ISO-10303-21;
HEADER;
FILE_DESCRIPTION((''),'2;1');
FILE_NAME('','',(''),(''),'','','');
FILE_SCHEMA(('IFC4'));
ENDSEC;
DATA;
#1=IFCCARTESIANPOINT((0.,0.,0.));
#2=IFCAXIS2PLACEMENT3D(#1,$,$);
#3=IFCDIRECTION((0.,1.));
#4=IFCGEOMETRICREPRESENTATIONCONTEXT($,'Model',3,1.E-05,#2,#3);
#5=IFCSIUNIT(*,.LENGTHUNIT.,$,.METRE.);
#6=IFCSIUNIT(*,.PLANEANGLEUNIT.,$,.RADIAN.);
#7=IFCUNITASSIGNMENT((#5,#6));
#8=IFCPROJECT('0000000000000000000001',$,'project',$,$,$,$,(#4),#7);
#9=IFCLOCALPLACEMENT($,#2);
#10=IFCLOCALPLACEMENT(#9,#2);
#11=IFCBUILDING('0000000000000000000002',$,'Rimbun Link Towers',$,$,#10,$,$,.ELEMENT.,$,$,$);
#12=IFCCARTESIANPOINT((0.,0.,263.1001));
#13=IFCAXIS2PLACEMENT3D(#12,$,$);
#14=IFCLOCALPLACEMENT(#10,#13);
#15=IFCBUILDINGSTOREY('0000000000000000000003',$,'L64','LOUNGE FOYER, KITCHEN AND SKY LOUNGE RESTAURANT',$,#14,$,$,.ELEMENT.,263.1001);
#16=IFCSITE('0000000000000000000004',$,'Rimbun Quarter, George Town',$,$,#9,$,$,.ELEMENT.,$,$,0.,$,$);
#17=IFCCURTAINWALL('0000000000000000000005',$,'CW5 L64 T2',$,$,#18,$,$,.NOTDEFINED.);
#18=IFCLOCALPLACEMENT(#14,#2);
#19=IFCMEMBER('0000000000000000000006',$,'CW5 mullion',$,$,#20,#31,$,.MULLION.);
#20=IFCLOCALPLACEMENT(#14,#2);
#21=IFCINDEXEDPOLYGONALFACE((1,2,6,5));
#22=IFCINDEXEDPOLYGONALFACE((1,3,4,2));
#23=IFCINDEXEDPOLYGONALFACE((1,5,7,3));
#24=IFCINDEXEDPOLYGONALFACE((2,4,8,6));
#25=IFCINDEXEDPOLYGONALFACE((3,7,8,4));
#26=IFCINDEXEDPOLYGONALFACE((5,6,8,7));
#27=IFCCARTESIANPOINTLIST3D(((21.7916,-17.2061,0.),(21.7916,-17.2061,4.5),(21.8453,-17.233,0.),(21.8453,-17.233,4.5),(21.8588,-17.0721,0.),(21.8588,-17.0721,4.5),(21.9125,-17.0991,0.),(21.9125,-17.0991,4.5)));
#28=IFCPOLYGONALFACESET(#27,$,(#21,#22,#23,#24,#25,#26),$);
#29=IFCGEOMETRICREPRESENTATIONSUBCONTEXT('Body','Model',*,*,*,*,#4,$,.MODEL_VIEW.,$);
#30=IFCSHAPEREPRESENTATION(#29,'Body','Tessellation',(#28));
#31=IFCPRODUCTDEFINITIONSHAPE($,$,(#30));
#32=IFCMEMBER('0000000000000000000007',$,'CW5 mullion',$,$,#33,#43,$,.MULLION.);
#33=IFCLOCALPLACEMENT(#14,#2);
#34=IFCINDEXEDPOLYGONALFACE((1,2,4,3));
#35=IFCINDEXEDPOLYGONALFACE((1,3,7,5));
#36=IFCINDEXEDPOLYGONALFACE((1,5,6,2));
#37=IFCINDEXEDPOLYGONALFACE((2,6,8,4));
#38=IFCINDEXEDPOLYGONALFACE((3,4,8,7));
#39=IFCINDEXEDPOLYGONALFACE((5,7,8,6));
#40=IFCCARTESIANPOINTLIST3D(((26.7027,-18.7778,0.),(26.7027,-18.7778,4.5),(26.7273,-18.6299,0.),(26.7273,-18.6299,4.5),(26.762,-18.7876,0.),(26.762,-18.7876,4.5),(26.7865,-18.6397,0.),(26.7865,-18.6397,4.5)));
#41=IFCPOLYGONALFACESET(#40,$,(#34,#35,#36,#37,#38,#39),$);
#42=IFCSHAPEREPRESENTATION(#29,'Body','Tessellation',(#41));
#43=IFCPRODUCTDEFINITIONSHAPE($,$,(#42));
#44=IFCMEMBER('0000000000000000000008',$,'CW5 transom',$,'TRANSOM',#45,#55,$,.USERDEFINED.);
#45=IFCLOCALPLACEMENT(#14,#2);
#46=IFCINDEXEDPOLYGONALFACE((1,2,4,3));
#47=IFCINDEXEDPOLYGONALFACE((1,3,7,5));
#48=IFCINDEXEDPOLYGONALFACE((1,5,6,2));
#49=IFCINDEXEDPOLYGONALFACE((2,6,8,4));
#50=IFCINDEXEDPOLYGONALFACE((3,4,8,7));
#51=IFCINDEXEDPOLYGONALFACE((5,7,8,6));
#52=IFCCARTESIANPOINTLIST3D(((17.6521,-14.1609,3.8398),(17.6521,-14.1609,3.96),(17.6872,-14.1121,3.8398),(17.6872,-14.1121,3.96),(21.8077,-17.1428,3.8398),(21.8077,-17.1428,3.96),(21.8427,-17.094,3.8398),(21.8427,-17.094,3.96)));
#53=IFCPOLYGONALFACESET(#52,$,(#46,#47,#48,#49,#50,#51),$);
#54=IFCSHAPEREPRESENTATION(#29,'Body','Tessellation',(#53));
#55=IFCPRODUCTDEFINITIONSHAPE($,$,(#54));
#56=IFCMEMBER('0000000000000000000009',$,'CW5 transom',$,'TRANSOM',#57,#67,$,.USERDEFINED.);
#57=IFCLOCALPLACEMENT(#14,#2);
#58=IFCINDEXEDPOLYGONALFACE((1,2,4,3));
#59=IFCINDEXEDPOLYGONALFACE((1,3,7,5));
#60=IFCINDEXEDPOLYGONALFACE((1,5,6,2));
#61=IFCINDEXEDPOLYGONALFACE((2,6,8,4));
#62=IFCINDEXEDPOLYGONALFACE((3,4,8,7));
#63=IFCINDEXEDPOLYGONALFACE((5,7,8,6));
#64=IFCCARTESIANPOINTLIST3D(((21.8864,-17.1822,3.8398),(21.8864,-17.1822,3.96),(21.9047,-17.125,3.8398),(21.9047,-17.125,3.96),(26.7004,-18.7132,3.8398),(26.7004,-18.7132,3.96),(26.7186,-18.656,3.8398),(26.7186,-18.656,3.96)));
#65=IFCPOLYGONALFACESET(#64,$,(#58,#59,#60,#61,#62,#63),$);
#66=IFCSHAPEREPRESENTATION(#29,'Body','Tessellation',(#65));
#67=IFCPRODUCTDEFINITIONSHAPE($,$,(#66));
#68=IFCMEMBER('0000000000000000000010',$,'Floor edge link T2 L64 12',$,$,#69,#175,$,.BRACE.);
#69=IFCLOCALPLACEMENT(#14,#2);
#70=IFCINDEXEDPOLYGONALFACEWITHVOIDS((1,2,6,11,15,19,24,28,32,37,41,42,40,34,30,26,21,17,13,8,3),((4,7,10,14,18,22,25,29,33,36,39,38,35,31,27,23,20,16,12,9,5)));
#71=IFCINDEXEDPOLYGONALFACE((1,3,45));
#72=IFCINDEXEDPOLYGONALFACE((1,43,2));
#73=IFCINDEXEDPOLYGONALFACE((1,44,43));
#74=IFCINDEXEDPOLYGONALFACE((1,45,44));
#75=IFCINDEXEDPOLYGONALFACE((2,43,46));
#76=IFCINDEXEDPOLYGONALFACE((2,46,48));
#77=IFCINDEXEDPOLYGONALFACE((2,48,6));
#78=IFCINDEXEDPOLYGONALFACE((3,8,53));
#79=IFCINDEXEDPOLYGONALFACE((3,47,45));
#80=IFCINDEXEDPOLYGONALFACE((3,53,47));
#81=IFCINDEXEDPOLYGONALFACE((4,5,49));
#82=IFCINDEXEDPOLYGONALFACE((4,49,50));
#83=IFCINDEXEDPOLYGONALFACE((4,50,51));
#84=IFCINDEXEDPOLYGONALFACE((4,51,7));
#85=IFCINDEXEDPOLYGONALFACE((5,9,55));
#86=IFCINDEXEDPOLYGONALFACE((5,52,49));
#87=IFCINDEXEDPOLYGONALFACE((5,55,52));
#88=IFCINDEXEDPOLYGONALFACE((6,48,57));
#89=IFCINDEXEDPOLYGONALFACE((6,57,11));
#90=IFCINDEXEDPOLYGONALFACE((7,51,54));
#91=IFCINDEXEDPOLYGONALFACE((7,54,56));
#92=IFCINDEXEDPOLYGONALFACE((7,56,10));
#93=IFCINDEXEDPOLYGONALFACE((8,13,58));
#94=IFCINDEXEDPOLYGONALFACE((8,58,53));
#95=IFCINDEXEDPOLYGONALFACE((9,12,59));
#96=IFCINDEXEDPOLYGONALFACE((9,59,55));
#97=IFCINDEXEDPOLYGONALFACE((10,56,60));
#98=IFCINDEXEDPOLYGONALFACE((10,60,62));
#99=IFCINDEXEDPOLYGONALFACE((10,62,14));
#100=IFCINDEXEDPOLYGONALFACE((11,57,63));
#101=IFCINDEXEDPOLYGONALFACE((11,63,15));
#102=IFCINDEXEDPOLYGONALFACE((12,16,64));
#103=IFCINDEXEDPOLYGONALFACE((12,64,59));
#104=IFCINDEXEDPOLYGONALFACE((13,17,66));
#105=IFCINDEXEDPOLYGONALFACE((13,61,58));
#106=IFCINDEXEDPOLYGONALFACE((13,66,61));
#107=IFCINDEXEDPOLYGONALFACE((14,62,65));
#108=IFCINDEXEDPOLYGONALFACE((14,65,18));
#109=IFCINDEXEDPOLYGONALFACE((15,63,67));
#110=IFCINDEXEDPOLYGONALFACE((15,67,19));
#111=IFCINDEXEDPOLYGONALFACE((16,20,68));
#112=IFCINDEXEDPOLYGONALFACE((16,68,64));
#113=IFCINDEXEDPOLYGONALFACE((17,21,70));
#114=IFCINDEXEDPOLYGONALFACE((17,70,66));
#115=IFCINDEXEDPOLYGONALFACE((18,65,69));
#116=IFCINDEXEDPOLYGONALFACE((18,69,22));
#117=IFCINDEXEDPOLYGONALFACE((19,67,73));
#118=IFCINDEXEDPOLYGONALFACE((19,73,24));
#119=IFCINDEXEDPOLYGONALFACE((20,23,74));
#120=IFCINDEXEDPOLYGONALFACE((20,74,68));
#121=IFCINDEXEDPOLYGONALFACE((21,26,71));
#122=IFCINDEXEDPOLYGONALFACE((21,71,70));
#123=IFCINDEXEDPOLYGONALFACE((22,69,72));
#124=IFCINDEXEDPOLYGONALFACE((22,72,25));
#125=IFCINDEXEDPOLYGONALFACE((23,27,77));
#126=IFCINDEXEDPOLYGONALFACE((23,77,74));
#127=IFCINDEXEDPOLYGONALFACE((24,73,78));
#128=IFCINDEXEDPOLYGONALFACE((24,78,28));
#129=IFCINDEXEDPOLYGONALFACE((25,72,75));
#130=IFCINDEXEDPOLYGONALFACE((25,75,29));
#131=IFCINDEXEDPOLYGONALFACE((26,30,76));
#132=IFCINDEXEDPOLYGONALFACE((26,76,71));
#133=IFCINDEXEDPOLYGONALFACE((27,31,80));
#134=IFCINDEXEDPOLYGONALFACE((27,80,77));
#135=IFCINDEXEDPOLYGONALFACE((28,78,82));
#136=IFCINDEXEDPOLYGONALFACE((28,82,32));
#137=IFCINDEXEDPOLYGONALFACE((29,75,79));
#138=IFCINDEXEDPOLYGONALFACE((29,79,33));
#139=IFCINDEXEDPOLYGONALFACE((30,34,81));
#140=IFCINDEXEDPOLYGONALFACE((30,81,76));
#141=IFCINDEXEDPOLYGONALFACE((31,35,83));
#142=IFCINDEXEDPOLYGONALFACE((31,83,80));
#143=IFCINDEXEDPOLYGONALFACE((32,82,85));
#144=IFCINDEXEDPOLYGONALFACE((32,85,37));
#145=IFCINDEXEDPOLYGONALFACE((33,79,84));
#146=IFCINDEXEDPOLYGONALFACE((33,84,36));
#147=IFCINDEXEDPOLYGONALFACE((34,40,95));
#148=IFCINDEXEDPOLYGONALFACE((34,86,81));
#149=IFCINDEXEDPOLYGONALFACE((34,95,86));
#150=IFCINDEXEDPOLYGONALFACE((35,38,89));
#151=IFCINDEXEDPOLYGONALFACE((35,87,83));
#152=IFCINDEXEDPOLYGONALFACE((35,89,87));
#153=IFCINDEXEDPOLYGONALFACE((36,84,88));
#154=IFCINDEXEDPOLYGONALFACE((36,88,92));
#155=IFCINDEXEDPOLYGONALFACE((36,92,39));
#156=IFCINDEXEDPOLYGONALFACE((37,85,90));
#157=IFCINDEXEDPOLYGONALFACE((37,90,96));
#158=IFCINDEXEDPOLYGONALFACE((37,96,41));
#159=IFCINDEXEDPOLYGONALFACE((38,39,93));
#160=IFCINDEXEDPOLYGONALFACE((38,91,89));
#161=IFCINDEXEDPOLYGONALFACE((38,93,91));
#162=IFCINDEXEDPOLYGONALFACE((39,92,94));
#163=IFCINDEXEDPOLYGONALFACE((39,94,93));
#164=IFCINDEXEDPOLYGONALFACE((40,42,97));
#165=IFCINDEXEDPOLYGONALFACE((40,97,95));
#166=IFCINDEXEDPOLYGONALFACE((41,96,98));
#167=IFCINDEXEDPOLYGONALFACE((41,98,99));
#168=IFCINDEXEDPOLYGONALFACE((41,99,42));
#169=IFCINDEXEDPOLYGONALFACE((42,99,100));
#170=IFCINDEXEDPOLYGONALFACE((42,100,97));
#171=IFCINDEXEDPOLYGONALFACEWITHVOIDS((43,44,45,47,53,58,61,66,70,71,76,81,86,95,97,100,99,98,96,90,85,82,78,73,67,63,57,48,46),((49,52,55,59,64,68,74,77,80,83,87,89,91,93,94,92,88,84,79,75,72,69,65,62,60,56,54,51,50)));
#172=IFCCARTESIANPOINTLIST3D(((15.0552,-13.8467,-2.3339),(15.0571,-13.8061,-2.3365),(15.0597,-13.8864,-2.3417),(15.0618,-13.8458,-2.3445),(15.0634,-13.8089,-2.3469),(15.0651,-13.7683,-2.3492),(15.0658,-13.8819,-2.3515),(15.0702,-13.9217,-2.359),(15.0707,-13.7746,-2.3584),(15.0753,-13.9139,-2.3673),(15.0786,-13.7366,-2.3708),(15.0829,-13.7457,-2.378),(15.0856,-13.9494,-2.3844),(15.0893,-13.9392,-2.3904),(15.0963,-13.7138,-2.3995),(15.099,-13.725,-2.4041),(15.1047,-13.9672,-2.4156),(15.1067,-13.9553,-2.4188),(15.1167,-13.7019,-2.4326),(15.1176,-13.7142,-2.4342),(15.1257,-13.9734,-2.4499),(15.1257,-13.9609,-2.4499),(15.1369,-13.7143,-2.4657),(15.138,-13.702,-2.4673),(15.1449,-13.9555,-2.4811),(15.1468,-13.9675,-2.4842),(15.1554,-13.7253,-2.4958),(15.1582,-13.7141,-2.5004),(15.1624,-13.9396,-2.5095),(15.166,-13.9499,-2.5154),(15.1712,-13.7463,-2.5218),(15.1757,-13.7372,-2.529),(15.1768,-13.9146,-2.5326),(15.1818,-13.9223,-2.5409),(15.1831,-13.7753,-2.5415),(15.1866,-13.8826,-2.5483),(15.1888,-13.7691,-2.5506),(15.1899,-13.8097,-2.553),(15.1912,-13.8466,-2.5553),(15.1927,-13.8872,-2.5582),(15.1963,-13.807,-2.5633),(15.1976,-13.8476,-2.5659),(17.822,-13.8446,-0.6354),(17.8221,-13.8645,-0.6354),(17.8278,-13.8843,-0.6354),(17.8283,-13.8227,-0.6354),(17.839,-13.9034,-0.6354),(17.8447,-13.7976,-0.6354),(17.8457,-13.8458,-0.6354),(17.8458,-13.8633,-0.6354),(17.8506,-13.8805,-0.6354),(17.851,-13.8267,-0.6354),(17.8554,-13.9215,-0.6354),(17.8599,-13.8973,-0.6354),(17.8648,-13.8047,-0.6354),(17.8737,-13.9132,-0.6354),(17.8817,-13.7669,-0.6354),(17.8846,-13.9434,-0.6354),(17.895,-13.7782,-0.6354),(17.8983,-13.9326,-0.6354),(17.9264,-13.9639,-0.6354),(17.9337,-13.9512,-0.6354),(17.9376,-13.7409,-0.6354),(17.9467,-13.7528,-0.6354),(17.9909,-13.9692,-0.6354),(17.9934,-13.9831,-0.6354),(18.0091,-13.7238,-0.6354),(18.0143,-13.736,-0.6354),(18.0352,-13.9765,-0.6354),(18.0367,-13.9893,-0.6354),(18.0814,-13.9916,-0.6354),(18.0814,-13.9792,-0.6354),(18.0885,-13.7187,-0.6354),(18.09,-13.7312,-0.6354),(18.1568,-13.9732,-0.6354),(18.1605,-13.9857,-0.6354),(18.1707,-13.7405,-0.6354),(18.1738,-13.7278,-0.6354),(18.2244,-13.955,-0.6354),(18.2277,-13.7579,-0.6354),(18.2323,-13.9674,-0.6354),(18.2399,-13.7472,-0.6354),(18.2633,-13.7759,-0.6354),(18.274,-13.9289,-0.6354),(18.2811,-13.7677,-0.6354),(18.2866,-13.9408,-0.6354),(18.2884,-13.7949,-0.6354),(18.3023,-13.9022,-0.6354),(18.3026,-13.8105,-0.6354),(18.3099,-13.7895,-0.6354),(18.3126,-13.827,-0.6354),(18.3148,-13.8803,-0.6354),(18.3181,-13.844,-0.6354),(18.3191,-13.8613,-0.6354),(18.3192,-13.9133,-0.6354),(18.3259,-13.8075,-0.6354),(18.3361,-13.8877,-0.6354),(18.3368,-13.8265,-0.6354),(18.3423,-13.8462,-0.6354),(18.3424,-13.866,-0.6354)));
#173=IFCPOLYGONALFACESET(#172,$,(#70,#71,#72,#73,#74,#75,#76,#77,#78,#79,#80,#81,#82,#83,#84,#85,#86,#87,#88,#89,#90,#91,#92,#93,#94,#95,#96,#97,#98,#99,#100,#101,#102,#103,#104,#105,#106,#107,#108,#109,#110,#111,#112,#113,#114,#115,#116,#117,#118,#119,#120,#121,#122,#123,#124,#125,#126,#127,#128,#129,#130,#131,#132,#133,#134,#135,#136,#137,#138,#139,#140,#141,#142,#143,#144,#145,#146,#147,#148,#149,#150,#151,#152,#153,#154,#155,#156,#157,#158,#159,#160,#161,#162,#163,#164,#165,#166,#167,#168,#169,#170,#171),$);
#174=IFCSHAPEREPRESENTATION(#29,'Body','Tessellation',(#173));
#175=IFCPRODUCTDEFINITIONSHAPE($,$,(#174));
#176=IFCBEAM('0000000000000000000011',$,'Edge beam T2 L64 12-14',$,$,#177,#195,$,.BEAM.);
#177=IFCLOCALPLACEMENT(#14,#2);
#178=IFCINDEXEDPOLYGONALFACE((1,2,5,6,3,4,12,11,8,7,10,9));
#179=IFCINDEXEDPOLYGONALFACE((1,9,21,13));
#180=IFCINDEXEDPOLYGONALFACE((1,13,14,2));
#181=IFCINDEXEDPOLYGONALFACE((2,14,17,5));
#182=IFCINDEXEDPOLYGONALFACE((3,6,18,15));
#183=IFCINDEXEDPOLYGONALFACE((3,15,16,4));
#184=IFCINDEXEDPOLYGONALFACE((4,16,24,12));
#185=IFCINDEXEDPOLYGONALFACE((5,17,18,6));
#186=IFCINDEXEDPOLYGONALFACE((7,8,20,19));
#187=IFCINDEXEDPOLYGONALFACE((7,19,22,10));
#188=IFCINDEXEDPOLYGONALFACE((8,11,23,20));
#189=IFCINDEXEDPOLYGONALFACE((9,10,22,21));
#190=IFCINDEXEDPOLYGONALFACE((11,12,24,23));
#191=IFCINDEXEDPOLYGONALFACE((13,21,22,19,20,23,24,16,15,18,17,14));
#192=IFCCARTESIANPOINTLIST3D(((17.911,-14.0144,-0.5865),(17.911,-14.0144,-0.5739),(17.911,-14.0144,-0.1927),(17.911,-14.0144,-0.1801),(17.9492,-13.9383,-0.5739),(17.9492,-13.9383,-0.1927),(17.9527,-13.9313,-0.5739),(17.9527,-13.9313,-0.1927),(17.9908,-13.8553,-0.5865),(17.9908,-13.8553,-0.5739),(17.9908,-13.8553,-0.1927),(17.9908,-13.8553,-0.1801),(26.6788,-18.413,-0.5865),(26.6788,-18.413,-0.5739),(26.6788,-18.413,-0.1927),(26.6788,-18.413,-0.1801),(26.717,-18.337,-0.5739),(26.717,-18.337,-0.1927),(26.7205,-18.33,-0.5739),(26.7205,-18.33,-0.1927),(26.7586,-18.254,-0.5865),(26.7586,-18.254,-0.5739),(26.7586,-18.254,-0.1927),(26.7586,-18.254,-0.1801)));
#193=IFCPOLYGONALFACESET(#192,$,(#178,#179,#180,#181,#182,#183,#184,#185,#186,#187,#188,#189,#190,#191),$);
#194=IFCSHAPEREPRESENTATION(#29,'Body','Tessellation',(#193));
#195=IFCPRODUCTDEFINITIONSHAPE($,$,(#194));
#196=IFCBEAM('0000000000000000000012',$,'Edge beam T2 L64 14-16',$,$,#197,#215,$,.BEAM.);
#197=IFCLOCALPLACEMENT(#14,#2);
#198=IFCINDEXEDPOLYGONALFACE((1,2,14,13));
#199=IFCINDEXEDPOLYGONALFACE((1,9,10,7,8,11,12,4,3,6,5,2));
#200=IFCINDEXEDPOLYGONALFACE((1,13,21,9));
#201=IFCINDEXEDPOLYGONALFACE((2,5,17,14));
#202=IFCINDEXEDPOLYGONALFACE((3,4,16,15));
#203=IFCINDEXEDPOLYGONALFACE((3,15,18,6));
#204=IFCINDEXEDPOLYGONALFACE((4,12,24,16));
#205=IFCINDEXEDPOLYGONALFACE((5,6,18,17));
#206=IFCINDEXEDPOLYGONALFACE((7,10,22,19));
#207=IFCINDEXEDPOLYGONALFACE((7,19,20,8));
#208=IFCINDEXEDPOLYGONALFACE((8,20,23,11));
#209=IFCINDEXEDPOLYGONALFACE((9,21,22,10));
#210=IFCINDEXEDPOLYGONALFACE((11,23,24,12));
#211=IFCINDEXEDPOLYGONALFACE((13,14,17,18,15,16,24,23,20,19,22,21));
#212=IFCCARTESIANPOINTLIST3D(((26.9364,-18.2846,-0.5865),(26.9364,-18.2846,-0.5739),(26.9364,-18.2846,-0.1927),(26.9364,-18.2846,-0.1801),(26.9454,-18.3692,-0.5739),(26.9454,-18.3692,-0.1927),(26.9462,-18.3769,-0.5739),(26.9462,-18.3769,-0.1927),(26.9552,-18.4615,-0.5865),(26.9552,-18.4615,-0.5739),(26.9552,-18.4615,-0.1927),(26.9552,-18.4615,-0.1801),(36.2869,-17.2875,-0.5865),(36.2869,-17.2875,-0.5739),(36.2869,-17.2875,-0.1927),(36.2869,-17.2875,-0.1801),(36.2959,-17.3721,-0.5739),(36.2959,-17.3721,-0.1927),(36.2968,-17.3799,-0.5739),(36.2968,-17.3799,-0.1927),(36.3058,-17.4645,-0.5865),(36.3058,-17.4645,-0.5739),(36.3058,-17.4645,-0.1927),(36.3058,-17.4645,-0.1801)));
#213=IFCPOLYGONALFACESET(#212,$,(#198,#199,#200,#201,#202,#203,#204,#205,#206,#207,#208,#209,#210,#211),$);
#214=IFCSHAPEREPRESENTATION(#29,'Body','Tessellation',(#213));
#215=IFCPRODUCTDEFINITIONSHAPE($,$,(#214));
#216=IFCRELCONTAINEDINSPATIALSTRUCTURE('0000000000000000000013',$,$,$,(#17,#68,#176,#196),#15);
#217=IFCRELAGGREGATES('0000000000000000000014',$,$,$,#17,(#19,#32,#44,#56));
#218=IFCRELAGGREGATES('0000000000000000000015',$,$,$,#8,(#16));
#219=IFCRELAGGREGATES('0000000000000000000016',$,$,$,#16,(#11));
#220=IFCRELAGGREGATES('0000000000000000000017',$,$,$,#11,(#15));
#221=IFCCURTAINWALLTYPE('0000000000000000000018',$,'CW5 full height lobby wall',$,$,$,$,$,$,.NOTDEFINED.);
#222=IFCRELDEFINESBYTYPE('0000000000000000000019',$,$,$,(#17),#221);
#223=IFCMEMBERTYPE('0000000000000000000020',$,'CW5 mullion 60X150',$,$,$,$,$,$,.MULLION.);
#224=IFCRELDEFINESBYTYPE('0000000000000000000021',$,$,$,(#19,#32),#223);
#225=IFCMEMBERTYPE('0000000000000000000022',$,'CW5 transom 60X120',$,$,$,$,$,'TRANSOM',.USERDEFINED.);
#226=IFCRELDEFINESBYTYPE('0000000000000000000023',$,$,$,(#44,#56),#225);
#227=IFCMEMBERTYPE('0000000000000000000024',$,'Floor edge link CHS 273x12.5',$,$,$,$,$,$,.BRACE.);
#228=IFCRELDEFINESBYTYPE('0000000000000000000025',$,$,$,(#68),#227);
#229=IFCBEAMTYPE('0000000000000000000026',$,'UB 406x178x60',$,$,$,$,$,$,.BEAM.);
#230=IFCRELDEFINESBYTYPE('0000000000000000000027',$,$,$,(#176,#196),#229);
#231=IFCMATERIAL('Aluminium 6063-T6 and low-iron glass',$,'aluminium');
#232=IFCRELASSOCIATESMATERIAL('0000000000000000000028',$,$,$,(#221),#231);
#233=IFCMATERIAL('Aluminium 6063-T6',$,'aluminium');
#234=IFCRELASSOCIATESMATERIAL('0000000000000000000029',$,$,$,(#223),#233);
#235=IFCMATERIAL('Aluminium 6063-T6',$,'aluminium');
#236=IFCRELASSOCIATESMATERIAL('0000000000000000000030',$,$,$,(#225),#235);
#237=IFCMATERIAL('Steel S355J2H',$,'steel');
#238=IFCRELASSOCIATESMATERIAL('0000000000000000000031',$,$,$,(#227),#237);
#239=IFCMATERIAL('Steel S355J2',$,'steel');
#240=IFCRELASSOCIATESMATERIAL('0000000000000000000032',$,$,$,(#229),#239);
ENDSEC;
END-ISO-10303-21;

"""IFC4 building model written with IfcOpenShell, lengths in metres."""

from ifc_helpers import new_model, si_unit, direction, frame, origin, origin_2d, place, context, subcontext, project, spatial, rectangle, hollow_circle, i_section, extrude, clip, halfspace, material, material_profile, profile_set, type_object, element, aggregate, save


model = new_model("IFC4")

# Units and contexts
model_context = context("Model", 3, precision=1e-05, world=origin(), true_north=direction((0.0, 1.0)))
body_context = subcontext(model_context, "Body", "Model", "MODEL_VIEW")
ifc_project = project(units=[si_unit("LENGTHUNIT", "METRE"), si_unit("PLANEANGLEUNIT", "RADIAN")], contexts=[model_context])

# Site, building, storey
site_placement = place(None, origin())
site = spatial("IfcSite", under=ifc_project, at=site_placement, Name="Rimbun Quarter, George Town", CompositionType="ELEMENT", RefElevation=0.0)
building_placement = place(site_placement, origin())
building = spatial("IfcBuilding", under=site, at=building_placement, Name="Rimbun Link Towers", CompositionType="ELEMENT")
storey_placement = place(building_placement, frame((0.0, 0.0, 263.1001)))
storey = spatial("IfcBuildingStorey", under=building, at=storey_placement, Name="L64", Description="LOUNGE FOYER, KITCHEN AND SKY LOUNGE RESTAURANT", CompositionType="ELEMENT", Elevation=263.1001)

# Curtain wall, members
ifc_material_1 = material(Name="Aluminium 6063-T6 and low-iron glass", Category="aluminium")
curtain_wall_type = type_object("IfcCurtainWallType", Name="CW5 full height lobby wall", PredefinedType="NOTDEFINED", material=ifc_material_1)
curtain_wall_placement = place(storey_placement, origin())
curtain_wall = element("IfcCurtainWall", 1, at=curtain_wall_placement, inside=storey, type_object=curtain_wall_type, Name="CW5 L64 T2", PredefinedType="NOTDEFINED")
ifc_material_2 = material(Name="Aluminium 6063-T6", Category="aluminium")
ifc_material_profile_1 = material_profile(ifc_material_2, rectangle(XDim=0.1499, YDim=0.0601, at=origin_2d()), Name="MULLION 60X150")
ifc_profile_set_1 = profile_set([ifc_material_profile_1], Name="Aluminium 6063-T6")
member_type_1 = type_object("IfcMemberType", Name="CW5 mullion 60X150", PredefinedType="MULLION", material=ifc_profile_set_1)
member_1_placement = place(storey_placement, frame((21.8521, -17.1526, 0.0), z_axis=(0.0, 0.0, 1.0), x_axis=(-0.448575, -0.893745, 0.0)))
member_1 = element("IfcMember", 2, at=member_1_placement, type_object=member_type_1, Name="CW5 mullion", PredefinedType="MULLION", context=body_context, shape_type="SweptSolid", body=[
    extrude(rectangle(XDim=0.1499, YDim=0.0601, at=origin_2d()), origin(), (0.0, 0.0, 1.0), 4.5),
])
member_2_placement = place(storey_placement, frame((26.7446, -18.7087, 0.0), z_axis=(0.0, 0.0, 1.0), x_axis=(-0.163751, -0.986502, 0.0)))
member_2 = element("IfcMember", 3, at=member_2_placement, type_object=member_type_1, Name="CW5 mullion", PredefinedType="MULLION", context=body_context, shape_type="SweptSolid", body=[
    extrude(rectangle(XDim=0.1499, YDim=0.0601, at=origin_2d()), origin(), (0.0, 0.0, 1.0), 4.5),
])
ifc_material_3 = material(Name="Aluminium 6063-T6", Category="aluminium")
ifc_material_profile_2 = material_profile(ifc_material_3, rectangle(XDim=0.0601, YDim=0.1201, at=origin_2d()), Name="TRANSOM 60X120")
ifc_profile_set_2 = profile_set([ifc_material_profile_2], Name="Aluminium 6063-T6")
member_type_2 = type_object("IfcMemberType", Name="CW5 transom 60X120", ElementType="TRANSOM", PredefinedType="USERDEFINED", material=ifc_profile_set_2)
member_3_placement = place(storey_placement, frame((21.8252, -17.1184, 3.8999), z_axis=(-0.812464, 0.583011, 0.0), x_axis=(-0.583011, -0.812464, 0.0)))
member_3 = element("IfcMember", 4, at=member_3_placement, type_object=member_type_2, Name="CW5 transom", ObjectType="TRANSOM", PredefinedType="USERDEFINED", context=body_context, shape_type="SweptSolid", body=[
    extrude(rectangle(XDim=0.0601, YDim=0.1201, at=origin_2d()), origin(), (0.0, 0.0, 1.0), 5.1147),
])
member_4_placement = place(storey_placement, frame((26.7095, -18.6846, 3.8999), z_axis=(-0.952966, 0.303076, 0.0), x_axis=(-0.303076, -0.952966, 0.0)))
member_4 = element("IfcMember", 5, at=member_4_placement, type_object=member_type_2, Name="CW5 transom", ObjectType="TRANSOM", PredefinedType="USERDEFINED", context=body_context, shape_type="SweptSolid", body=[
    extrude(rectangle(XDim=0.0601, YDim=0.1201, at=origin_2d()), origin(), (0.0, 0.0, 1.0), 5.0515),
])

# Member
ifc_material_4 = material(Name="Steel S355J2H", Category="steel")
ifc_material_profile_3 = material_profile(ifc_material_4, hollow_circle(Radius=0.1365, WallThickness=0.0125, at=origin_2d()), Name="CHS 273x12.5")
ifc_profile_set_3 = profile_set([ifc_material_profile_3], Name="Steel S355J2H")
member_type_3 = type_object("IfcMemberType", Name="Floor edge link CHS 273x12.5", PredefinedType="BRACE", material=ifc_profile_set_3)
member_5_placement = place(storey_placement, frame((17.896, -13.854, -0.7498), z_axis=(-0.852214, 0.005259, -0.523168), x_axis=(-0.006171, -0.999981, 0.0)))
element("IfcMember", 6, at=member_5_placement, inside=storey, type_object=member_type_3, Name="Floor edge link T2 L64 12", PredefinedType="BRACE", context=body_context, shape_type="Clipping", body=[
    clip(extrude(hollow_circle(Radius=0.1365, WallThickness=0.0125, at=origin_2d()), frame((0.0, 0.0, -0.4639)), (0.0, 0.0, 1.0), 3.7136), halfspace(frame((0.0, 0.0, -0.2185), z_axis=(0.0, 0.85223, -0.523168)), False)),
])

# Beams
ifc_material_5 = material(Name="Steel S355J2", Category="steel")
ifc_material_profile_4 = material_profile(ifc_material_5, i_section(OverallWidth=0.178, OverallDepth=0.4065, WebThickness=0.0078, FlangeThickness=0.0127, at=origin_2d()), Name="UB 406x178x60")
ifc_profile_set_4 = profile_set([ifc_material_profile_4], Name="Steel S355J2")
beam_type = type_object("IfcBeamType", Name="UB 406x178x60", PredefinedType="BEAM", material=ifc_profile_set_4)
beam_1_placement = place(storey_placement, frame((17.9509, -13.9348, -0.3833), z_axis=(0.893824, -0.448418, 0.0), x_axis=(0.448418, 0.893824, 0.0)))
element("IfcBeam", 7, at=beam_1_placement, inside=storey, type_object=beam_type, Name="Edge beam T2 L64 12-14", PredefinedType="BEAM", context=body_context, shape_type="SweptSolid", body=[
    extrude(i_section(OverallWidth=0.178, OverallDepth=0.4065, WebThickness=0.0078, FlangeThickness=0.0127, at=origin_2d()), origin(), (0.0, 0.0, 1.0), 9.8093),
])
beam_2_placement = place(storey_placement, frame((26.9458, -18.373, -0.3833), z_axis=(0.994363, 0.106031, 0.0), x_axis=(-0.106031, 0.994363, 0.0)))
element("IfcBeam", 8, at=beam_2_placement, inside=storey, type_object=beam_type, Name="Edge beam T2 L64 14-16", PredefinedType="BEAM", context=body_context, shape_type="SweptSolid", body=[
    extrude(i_section(OverallWidth=0.178, OverallDepth=0.4065, WebThickness=0.0078, FlangeThickness=0.0127, at=origin_2d()), origin(), (0.0, 0.0, 1.0), 9.4036),
])

aggregate(curtain_wall, [member_1, member_2, member_3, member_4])

save(model, "model.ifc")
